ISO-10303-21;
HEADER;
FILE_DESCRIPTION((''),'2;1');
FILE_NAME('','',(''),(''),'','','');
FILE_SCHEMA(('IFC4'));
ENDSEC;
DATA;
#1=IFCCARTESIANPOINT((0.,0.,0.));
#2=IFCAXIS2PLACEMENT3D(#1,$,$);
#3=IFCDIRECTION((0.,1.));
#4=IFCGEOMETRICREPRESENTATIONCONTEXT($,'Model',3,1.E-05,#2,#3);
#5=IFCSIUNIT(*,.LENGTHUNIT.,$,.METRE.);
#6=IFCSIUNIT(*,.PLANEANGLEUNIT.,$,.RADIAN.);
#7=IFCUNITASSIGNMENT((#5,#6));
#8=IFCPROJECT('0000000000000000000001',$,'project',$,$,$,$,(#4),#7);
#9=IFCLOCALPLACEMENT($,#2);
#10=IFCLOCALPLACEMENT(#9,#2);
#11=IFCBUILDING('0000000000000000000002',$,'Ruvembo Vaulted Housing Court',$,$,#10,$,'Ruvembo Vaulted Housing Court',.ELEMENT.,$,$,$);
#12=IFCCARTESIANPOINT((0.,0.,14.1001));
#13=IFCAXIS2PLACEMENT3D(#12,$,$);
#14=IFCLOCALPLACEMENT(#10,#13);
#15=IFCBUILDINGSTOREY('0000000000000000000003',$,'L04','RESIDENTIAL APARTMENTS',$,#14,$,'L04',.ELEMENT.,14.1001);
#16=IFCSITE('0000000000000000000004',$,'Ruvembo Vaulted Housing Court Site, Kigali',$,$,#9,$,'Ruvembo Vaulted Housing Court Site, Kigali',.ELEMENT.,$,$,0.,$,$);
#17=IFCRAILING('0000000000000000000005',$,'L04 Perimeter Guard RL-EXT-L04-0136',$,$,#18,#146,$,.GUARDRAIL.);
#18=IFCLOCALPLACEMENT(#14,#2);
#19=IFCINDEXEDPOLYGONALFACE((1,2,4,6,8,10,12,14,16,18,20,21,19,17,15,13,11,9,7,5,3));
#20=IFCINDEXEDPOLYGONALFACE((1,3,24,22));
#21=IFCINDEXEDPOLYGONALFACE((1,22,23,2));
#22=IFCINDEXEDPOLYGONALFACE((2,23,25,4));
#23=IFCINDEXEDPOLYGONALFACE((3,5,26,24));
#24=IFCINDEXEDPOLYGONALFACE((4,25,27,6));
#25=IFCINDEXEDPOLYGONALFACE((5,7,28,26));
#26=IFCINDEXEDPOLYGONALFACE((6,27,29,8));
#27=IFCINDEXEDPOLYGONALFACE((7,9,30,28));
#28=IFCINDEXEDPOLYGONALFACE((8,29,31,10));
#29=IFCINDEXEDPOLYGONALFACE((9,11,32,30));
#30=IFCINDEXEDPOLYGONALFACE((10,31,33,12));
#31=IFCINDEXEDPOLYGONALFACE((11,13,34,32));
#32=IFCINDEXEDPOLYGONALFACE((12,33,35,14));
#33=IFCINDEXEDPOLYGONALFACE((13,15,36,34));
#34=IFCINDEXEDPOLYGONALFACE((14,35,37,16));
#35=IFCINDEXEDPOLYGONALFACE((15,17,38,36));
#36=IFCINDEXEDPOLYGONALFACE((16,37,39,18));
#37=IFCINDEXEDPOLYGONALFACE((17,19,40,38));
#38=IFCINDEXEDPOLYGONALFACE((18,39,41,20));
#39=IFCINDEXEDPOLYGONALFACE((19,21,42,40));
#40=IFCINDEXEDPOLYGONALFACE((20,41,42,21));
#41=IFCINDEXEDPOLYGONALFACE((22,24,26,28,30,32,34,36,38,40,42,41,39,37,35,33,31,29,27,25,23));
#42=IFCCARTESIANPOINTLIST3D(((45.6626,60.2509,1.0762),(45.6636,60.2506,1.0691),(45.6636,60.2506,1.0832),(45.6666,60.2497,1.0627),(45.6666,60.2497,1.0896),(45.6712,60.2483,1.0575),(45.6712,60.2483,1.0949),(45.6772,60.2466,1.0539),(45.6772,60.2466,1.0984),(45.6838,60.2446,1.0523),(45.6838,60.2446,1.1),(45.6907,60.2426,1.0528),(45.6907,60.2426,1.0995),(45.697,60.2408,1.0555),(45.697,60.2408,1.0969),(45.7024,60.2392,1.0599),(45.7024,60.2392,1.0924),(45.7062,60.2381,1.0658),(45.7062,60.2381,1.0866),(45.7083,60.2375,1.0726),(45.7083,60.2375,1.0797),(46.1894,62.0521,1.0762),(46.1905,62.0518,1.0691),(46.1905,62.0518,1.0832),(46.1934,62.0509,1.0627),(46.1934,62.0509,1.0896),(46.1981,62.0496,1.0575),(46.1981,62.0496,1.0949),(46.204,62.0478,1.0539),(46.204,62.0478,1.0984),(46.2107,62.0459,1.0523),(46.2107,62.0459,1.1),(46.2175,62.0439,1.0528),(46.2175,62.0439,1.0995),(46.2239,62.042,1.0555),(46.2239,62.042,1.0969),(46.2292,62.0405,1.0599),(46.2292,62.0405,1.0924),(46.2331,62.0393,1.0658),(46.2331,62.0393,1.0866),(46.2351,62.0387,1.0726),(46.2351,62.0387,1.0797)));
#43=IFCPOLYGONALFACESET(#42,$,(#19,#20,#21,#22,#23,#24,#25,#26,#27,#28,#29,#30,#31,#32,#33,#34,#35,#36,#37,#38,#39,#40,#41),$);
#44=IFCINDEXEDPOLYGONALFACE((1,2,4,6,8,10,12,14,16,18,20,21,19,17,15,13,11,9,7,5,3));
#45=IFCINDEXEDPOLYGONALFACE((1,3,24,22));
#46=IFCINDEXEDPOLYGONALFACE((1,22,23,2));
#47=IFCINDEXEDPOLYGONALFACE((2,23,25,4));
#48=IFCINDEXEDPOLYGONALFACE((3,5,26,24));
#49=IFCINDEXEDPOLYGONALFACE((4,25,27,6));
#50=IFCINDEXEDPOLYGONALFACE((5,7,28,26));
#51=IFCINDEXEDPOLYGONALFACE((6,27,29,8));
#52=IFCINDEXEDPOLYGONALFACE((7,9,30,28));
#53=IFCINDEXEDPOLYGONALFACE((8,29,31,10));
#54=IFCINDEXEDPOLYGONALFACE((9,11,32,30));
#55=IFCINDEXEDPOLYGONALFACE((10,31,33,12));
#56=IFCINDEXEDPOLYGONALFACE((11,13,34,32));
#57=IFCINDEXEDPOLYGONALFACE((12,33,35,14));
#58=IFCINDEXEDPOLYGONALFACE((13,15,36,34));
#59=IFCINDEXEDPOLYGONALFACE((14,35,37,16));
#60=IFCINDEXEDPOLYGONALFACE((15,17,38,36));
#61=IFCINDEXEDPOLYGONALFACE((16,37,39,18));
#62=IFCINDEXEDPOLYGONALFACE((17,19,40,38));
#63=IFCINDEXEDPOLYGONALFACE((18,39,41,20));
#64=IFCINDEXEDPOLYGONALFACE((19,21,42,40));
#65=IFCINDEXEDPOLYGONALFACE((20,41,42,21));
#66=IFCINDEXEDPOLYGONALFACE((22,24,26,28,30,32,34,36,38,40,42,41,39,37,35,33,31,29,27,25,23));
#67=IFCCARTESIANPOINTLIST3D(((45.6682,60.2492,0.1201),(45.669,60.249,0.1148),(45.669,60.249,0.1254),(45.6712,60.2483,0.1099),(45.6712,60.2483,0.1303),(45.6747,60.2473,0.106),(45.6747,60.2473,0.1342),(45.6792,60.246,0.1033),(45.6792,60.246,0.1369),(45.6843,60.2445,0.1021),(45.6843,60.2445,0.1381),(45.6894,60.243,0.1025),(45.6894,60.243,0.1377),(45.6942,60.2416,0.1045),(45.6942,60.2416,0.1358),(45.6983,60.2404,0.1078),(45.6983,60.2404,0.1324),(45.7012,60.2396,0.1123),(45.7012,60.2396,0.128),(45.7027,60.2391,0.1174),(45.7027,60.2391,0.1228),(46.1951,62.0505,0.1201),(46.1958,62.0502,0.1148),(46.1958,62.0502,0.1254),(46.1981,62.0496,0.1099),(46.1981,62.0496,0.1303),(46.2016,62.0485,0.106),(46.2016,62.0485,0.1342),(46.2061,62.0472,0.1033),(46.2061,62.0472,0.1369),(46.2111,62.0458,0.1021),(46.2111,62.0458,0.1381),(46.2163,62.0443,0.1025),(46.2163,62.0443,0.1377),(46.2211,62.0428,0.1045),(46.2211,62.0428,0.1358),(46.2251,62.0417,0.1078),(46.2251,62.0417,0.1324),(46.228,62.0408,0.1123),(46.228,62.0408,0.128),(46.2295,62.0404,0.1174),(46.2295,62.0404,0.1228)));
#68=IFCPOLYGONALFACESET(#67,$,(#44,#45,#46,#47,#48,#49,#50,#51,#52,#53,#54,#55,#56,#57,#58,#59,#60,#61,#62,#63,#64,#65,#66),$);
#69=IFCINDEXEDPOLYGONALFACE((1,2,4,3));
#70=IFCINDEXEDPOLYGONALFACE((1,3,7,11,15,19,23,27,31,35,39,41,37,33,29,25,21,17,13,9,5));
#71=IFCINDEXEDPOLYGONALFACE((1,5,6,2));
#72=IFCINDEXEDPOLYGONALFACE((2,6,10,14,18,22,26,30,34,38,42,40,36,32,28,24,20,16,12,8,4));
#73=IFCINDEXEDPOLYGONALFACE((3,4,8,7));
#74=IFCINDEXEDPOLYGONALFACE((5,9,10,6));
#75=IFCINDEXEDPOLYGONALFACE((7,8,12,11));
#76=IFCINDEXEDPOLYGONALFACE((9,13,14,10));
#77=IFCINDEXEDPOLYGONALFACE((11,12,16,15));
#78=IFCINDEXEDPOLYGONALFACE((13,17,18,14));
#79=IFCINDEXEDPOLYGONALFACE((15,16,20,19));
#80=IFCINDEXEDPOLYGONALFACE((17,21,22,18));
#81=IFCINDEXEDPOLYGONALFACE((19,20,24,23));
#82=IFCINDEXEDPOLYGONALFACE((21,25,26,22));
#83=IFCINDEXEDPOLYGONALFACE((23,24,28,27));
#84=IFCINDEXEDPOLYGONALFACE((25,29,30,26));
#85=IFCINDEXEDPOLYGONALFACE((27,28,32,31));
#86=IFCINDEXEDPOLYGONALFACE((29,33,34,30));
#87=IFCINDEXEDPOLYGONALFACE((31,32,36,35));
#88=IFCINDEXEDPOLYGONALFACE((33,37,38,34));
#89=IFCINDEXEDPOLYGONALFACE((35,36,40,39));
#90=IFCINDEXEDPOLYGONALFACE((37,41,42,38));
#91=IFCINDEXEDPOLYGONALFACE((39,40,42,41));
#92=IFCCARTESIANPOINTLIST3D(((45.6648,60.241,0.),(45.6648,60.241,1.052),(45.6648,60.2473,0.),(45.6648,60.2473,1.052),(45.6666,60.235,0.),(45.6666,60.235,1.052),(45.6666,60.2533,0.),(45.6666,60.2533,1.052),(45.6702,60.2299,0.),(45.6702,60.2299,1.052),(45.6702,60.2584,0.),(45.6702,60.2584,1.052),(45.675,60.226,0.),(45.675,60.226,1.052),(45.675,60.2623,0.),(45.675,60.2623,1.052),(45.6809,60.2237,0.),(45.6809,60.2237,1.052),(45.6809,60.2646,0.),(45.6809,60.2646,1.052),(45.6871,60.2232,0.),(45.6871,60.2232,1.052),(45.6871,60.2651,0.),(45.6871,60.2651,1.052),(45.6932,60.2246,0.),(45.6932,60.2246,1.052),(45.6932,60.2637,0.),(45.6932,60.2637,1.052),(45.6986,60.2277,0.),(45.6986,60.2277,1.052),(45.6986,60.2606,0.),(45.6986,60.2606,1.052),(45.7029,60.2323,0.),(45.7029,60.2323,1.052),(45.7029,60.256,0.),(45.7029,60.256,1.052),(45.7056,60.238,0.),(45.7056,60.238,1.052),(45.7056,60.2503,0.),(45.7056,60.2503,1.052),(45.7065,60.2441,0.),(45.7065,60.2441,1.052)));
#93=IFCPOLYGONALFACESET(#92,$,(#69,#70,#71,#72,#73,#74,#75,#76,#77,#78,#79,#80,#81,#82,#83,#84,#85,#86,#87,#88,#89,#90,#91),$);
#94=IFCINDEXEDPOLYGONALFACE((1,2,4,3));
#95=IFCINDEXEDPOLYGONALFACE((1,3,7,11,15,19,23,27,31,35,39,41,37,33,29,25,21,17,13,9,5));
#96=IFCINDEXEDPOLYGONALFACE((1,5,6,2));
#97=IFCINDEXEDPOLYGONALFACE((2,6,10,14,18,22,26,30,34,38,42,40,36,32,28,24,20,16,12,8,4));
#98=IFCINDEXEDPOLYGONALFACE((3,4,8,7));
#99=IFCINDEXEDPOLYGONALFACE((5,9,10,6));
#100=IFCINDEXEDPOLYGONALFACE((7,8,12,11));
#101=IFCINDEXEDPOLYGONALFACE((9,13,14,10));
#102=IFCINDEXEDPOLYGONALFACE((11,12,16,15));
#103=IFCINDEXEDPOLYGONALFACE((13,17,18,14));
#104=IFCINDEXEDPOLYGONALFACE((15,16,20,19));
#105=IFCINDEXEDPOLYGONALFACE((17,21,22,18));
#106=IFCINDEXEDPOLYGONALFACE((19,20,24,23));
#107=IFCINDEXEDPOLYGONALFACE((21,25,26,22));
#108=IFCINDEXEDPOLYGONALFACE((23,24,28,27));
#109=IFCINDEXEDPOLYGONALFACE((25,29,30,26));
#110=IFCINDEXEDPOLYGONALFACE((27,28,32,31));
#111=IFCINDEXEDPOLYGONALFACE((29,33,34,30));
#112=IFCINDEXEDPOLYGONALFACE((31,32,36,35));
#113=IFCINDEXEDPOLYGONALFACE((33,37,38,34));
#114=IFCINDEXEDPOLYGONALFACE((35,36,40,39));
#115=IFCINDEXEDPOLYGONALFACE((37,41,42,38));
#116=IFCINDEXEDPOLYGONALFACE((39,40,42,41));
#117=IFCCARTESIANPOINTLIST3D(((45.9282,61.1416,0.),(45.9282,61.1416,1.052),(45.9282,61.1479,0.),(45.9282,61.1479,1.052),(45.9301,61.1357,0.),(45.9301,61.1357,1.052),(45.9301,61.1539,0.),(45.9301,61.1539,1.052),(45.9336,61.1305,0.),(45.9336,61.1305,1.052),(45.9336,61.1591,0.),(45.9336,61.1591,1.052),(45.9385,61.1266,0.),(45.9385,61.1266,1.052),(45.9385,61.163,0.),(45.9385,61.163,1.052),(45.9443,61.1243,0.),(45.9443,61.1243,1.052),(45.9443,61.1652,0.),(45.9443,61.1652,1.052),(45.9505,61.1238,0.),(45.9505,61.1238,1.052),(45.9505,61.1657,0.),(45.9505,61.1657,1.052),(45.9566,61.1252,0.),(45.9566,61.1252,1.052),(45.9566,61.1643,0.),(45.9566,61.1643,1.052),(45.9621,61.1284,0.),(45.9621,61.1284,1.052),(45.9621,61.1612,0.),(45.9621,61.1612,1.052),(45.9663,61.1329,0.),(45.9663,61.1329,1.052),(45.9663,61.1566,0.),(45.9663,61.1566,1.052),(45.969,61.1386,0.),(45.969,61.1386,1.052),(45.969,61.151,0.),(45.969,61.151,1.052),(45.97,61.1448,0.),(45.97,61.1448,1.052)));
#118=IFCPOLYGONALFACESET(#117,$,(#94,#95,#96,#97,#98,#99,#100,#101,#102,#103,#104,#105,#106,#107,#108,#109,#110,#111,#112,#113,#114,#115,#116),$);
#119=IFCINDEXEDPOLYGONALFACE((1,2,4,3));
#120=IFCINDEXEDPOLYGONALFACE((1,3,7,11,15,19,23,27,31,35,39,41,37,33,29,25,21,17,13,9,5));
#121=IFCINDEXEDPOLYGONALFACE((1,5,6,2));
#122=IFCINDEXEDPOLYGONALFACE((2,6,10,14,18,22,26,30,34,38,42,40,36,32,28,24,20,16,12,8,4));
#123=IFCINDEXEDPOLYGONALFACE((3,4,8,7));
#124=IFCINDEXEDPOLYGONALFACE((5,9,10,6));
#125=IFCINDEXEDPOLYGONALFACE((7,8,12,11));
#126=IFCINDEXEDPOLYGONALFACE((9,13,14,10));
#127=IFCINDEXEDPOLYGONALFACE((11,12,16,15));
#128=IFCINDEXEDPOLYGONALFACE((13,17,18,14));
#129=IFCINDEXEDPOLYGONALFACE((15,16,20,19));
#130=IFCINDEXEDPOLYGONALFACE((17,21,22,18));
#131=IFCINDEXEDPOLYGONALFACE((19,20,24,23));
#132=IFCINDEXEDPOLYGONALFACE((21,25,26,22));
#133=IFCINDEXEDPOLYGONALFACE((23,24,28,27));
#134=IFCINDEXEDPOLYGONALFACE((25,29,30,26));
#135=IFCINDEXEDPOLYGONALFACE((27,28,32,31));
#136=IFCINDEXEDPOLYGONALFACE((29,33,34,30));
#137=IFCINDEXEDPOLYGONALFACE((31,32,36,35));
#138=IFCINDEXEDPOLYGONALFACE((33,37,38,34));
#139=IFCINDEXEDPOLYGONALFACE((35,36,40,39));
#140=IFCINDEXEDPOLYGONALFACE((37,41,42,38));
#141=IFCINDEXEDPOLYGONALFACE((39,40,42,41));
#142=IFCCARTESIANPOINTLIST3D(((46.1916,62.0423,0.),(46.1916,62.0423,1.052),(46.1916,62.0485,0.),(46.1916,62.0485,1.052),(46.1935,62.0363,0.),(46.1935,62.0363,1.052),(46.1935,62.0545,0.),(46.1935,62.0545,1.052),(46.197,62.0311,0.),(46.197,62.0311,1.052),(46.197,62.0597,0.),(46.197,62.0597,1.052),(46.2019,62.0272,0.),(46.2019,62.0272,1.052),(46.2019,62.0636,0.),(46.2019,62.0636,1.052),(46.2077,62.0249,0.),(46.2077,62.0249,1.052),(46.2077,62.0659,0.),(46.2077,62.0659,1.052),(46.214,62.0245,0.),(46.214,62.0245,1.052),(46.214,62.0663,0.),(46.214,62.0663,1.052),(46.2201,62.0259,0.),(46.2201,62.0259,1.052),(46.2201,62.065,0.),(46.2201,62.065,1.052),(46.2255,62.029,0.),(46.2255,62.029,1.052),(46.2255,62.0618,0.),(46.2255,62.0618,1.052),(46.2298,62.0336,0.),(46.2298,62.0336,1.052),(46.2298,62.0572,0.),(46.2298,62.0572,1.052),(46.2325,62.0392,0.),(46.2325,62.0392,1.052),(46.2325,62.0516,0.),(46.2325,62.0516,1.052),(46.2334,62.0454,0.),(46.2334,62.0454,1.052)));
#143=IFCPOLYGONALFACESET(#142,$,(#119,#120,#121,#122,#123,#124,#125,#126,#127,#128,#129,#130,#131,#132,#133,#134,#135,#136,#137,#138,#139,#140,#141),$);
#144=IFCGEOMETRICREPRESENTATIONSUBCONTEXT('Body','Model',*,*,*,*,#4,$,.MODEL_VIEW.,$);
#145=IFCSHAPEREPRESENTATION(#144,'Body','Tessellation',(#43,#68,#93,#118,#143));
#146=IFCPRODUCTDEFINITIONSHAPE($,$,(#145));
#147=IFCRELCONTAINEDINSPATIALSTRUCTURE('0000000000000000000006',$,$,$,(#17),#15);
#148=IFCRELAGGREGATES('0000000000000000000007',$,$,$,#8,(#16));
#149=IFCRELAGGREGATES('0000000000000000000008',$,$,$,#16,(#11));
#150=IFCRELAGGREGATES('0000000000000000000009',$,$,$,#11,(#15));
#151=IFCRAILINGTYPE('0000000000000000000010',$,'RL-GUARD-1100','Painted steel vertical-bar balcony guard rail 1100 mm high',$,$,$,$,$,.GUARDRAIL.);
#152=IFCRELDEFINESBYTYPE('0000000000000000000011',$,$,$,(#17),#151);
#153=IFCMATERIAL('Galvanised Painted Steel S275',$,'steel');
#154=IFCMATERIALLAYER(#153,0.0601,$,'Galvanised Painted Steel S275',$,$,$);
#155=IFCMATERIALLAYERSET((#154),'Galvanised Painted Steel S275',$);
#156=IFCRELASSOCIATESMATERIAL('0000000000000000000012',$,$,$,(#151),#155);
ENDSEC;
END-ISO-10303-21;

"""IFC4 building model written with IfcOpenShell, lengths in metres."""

from ifc_helpers import new_model, si_unit, direction, frame, origin, origin_2d, place, context, subcontext, project, spatial, circle, extrude, material, layer, layer_set, type_object, element, save


model = new_model("IFC4")

# Units and contexts
model_context = context("Model", 3, precision=1e-05, world=origin(), true_north=direction((0.0, 1.0)))
body_context = subcontext(model_context, "Body", "Model", "MODEL_VIEW")
ifc_project = project(units=[si_unit("LENGTHUNIT", "METRE"), si_unit("PLANEANGLEUNIT", "RADIAN")], contexts=[model_context])

# Site, building, storey
site_placement = place(None, origin())
site = spatial("IfcSite", under=ifc_project, at=site_placement, Name="Ruvembo Vaulted Housing Court Site, Kigali", LongName="Ruvembo Vaulted Housing Court Site, Kigali", CompositionType="ELEMENT", RefElevation=0.0)
building_placement = place(site_placement, origin())
building = spatial("IfcBuilding", under=site, at=building_placement, Name="Ruvembo Vaulted Housing Court", LongName="Ruvembo Vaulted Housing Court", CompositionType="ELEMENT")
storey_placement = place(building_placement, frame((0.0, 0.0, 14.1001)))
storey = spatial("IfcBuildingStorey", under=building, at=storey_placement, Name="L04", Description="RESIDENTIAL APARTMENTS", LongName="L04", CompositionType="ELEMENT", Elevation=14.1001)

# Railing
ifc_material_1 = material(Name="Galvanised Painted Steel S275", Category="steel")
ifc_layer_1 = layer(ifc_material_1, 0.0601, Name="Galvanised Painted Steel S275")
ifc_layer_set_1 = layer_set([ifc_layer_1], Name="Galvanised Painted Steel S275")
railing_type = type_object("IfcRailingType", Name="RL-GUARD-1100", Description="Painted steel vertical-bar balcony guard rail 1100 mm high", PredefinedType="GUARDRAIL", material=ifc_layer_set_1)
railing_1_placement = place(storey_placement, frame((45.6855, 60.2441, 0.0)))
element("IfcRailing", 1, at=railing_1_placement, inside=storey, type_object=railing_type, Name="L04 Perimeter Guard RL-EXT-L04-0136", PredefinedType="GUARDRAIL", context=body_context, shape_type="SweptSolid", body=[
    extrude(circle(Radius=0.0239, at=origin_2d()), frame((0.0, 0.0, 1.0762), z_axis=(0.280729, 0.959787, 0.0), x_axis=(-0.959787, 0.280729, 0.0)), (0.0, 0.0, 1.0), 1.8767),
    extrude(circle(Radius=0.0181, at=origin_2d()), frame((0.0, 0.0, 0.1201), z_axis=(0.280729, 0.959787, 0.0), x_axis=(-0.959787, 0.280729, 0.0)), (0.0, 0.0, 1.0), 1.8767),
    extrude(circle(Radius=0.021, at=origin_2d()), origin(), (0.0, 0.0, 1.0), 1.052),
    extrude(circle(Radius=0.021, at=origin_2d()), frame((0.2634, 0.9006, 0.0)), (0.0, 0.0, 1.0), 1.052),
    extrude(circle(Radius=0.021, at=origin_2d()), frame((0.5269, 1.8013, 0.0)), (0.0, 0.0, 1.0), 1.052),
])

save(model, "model.ifc")
